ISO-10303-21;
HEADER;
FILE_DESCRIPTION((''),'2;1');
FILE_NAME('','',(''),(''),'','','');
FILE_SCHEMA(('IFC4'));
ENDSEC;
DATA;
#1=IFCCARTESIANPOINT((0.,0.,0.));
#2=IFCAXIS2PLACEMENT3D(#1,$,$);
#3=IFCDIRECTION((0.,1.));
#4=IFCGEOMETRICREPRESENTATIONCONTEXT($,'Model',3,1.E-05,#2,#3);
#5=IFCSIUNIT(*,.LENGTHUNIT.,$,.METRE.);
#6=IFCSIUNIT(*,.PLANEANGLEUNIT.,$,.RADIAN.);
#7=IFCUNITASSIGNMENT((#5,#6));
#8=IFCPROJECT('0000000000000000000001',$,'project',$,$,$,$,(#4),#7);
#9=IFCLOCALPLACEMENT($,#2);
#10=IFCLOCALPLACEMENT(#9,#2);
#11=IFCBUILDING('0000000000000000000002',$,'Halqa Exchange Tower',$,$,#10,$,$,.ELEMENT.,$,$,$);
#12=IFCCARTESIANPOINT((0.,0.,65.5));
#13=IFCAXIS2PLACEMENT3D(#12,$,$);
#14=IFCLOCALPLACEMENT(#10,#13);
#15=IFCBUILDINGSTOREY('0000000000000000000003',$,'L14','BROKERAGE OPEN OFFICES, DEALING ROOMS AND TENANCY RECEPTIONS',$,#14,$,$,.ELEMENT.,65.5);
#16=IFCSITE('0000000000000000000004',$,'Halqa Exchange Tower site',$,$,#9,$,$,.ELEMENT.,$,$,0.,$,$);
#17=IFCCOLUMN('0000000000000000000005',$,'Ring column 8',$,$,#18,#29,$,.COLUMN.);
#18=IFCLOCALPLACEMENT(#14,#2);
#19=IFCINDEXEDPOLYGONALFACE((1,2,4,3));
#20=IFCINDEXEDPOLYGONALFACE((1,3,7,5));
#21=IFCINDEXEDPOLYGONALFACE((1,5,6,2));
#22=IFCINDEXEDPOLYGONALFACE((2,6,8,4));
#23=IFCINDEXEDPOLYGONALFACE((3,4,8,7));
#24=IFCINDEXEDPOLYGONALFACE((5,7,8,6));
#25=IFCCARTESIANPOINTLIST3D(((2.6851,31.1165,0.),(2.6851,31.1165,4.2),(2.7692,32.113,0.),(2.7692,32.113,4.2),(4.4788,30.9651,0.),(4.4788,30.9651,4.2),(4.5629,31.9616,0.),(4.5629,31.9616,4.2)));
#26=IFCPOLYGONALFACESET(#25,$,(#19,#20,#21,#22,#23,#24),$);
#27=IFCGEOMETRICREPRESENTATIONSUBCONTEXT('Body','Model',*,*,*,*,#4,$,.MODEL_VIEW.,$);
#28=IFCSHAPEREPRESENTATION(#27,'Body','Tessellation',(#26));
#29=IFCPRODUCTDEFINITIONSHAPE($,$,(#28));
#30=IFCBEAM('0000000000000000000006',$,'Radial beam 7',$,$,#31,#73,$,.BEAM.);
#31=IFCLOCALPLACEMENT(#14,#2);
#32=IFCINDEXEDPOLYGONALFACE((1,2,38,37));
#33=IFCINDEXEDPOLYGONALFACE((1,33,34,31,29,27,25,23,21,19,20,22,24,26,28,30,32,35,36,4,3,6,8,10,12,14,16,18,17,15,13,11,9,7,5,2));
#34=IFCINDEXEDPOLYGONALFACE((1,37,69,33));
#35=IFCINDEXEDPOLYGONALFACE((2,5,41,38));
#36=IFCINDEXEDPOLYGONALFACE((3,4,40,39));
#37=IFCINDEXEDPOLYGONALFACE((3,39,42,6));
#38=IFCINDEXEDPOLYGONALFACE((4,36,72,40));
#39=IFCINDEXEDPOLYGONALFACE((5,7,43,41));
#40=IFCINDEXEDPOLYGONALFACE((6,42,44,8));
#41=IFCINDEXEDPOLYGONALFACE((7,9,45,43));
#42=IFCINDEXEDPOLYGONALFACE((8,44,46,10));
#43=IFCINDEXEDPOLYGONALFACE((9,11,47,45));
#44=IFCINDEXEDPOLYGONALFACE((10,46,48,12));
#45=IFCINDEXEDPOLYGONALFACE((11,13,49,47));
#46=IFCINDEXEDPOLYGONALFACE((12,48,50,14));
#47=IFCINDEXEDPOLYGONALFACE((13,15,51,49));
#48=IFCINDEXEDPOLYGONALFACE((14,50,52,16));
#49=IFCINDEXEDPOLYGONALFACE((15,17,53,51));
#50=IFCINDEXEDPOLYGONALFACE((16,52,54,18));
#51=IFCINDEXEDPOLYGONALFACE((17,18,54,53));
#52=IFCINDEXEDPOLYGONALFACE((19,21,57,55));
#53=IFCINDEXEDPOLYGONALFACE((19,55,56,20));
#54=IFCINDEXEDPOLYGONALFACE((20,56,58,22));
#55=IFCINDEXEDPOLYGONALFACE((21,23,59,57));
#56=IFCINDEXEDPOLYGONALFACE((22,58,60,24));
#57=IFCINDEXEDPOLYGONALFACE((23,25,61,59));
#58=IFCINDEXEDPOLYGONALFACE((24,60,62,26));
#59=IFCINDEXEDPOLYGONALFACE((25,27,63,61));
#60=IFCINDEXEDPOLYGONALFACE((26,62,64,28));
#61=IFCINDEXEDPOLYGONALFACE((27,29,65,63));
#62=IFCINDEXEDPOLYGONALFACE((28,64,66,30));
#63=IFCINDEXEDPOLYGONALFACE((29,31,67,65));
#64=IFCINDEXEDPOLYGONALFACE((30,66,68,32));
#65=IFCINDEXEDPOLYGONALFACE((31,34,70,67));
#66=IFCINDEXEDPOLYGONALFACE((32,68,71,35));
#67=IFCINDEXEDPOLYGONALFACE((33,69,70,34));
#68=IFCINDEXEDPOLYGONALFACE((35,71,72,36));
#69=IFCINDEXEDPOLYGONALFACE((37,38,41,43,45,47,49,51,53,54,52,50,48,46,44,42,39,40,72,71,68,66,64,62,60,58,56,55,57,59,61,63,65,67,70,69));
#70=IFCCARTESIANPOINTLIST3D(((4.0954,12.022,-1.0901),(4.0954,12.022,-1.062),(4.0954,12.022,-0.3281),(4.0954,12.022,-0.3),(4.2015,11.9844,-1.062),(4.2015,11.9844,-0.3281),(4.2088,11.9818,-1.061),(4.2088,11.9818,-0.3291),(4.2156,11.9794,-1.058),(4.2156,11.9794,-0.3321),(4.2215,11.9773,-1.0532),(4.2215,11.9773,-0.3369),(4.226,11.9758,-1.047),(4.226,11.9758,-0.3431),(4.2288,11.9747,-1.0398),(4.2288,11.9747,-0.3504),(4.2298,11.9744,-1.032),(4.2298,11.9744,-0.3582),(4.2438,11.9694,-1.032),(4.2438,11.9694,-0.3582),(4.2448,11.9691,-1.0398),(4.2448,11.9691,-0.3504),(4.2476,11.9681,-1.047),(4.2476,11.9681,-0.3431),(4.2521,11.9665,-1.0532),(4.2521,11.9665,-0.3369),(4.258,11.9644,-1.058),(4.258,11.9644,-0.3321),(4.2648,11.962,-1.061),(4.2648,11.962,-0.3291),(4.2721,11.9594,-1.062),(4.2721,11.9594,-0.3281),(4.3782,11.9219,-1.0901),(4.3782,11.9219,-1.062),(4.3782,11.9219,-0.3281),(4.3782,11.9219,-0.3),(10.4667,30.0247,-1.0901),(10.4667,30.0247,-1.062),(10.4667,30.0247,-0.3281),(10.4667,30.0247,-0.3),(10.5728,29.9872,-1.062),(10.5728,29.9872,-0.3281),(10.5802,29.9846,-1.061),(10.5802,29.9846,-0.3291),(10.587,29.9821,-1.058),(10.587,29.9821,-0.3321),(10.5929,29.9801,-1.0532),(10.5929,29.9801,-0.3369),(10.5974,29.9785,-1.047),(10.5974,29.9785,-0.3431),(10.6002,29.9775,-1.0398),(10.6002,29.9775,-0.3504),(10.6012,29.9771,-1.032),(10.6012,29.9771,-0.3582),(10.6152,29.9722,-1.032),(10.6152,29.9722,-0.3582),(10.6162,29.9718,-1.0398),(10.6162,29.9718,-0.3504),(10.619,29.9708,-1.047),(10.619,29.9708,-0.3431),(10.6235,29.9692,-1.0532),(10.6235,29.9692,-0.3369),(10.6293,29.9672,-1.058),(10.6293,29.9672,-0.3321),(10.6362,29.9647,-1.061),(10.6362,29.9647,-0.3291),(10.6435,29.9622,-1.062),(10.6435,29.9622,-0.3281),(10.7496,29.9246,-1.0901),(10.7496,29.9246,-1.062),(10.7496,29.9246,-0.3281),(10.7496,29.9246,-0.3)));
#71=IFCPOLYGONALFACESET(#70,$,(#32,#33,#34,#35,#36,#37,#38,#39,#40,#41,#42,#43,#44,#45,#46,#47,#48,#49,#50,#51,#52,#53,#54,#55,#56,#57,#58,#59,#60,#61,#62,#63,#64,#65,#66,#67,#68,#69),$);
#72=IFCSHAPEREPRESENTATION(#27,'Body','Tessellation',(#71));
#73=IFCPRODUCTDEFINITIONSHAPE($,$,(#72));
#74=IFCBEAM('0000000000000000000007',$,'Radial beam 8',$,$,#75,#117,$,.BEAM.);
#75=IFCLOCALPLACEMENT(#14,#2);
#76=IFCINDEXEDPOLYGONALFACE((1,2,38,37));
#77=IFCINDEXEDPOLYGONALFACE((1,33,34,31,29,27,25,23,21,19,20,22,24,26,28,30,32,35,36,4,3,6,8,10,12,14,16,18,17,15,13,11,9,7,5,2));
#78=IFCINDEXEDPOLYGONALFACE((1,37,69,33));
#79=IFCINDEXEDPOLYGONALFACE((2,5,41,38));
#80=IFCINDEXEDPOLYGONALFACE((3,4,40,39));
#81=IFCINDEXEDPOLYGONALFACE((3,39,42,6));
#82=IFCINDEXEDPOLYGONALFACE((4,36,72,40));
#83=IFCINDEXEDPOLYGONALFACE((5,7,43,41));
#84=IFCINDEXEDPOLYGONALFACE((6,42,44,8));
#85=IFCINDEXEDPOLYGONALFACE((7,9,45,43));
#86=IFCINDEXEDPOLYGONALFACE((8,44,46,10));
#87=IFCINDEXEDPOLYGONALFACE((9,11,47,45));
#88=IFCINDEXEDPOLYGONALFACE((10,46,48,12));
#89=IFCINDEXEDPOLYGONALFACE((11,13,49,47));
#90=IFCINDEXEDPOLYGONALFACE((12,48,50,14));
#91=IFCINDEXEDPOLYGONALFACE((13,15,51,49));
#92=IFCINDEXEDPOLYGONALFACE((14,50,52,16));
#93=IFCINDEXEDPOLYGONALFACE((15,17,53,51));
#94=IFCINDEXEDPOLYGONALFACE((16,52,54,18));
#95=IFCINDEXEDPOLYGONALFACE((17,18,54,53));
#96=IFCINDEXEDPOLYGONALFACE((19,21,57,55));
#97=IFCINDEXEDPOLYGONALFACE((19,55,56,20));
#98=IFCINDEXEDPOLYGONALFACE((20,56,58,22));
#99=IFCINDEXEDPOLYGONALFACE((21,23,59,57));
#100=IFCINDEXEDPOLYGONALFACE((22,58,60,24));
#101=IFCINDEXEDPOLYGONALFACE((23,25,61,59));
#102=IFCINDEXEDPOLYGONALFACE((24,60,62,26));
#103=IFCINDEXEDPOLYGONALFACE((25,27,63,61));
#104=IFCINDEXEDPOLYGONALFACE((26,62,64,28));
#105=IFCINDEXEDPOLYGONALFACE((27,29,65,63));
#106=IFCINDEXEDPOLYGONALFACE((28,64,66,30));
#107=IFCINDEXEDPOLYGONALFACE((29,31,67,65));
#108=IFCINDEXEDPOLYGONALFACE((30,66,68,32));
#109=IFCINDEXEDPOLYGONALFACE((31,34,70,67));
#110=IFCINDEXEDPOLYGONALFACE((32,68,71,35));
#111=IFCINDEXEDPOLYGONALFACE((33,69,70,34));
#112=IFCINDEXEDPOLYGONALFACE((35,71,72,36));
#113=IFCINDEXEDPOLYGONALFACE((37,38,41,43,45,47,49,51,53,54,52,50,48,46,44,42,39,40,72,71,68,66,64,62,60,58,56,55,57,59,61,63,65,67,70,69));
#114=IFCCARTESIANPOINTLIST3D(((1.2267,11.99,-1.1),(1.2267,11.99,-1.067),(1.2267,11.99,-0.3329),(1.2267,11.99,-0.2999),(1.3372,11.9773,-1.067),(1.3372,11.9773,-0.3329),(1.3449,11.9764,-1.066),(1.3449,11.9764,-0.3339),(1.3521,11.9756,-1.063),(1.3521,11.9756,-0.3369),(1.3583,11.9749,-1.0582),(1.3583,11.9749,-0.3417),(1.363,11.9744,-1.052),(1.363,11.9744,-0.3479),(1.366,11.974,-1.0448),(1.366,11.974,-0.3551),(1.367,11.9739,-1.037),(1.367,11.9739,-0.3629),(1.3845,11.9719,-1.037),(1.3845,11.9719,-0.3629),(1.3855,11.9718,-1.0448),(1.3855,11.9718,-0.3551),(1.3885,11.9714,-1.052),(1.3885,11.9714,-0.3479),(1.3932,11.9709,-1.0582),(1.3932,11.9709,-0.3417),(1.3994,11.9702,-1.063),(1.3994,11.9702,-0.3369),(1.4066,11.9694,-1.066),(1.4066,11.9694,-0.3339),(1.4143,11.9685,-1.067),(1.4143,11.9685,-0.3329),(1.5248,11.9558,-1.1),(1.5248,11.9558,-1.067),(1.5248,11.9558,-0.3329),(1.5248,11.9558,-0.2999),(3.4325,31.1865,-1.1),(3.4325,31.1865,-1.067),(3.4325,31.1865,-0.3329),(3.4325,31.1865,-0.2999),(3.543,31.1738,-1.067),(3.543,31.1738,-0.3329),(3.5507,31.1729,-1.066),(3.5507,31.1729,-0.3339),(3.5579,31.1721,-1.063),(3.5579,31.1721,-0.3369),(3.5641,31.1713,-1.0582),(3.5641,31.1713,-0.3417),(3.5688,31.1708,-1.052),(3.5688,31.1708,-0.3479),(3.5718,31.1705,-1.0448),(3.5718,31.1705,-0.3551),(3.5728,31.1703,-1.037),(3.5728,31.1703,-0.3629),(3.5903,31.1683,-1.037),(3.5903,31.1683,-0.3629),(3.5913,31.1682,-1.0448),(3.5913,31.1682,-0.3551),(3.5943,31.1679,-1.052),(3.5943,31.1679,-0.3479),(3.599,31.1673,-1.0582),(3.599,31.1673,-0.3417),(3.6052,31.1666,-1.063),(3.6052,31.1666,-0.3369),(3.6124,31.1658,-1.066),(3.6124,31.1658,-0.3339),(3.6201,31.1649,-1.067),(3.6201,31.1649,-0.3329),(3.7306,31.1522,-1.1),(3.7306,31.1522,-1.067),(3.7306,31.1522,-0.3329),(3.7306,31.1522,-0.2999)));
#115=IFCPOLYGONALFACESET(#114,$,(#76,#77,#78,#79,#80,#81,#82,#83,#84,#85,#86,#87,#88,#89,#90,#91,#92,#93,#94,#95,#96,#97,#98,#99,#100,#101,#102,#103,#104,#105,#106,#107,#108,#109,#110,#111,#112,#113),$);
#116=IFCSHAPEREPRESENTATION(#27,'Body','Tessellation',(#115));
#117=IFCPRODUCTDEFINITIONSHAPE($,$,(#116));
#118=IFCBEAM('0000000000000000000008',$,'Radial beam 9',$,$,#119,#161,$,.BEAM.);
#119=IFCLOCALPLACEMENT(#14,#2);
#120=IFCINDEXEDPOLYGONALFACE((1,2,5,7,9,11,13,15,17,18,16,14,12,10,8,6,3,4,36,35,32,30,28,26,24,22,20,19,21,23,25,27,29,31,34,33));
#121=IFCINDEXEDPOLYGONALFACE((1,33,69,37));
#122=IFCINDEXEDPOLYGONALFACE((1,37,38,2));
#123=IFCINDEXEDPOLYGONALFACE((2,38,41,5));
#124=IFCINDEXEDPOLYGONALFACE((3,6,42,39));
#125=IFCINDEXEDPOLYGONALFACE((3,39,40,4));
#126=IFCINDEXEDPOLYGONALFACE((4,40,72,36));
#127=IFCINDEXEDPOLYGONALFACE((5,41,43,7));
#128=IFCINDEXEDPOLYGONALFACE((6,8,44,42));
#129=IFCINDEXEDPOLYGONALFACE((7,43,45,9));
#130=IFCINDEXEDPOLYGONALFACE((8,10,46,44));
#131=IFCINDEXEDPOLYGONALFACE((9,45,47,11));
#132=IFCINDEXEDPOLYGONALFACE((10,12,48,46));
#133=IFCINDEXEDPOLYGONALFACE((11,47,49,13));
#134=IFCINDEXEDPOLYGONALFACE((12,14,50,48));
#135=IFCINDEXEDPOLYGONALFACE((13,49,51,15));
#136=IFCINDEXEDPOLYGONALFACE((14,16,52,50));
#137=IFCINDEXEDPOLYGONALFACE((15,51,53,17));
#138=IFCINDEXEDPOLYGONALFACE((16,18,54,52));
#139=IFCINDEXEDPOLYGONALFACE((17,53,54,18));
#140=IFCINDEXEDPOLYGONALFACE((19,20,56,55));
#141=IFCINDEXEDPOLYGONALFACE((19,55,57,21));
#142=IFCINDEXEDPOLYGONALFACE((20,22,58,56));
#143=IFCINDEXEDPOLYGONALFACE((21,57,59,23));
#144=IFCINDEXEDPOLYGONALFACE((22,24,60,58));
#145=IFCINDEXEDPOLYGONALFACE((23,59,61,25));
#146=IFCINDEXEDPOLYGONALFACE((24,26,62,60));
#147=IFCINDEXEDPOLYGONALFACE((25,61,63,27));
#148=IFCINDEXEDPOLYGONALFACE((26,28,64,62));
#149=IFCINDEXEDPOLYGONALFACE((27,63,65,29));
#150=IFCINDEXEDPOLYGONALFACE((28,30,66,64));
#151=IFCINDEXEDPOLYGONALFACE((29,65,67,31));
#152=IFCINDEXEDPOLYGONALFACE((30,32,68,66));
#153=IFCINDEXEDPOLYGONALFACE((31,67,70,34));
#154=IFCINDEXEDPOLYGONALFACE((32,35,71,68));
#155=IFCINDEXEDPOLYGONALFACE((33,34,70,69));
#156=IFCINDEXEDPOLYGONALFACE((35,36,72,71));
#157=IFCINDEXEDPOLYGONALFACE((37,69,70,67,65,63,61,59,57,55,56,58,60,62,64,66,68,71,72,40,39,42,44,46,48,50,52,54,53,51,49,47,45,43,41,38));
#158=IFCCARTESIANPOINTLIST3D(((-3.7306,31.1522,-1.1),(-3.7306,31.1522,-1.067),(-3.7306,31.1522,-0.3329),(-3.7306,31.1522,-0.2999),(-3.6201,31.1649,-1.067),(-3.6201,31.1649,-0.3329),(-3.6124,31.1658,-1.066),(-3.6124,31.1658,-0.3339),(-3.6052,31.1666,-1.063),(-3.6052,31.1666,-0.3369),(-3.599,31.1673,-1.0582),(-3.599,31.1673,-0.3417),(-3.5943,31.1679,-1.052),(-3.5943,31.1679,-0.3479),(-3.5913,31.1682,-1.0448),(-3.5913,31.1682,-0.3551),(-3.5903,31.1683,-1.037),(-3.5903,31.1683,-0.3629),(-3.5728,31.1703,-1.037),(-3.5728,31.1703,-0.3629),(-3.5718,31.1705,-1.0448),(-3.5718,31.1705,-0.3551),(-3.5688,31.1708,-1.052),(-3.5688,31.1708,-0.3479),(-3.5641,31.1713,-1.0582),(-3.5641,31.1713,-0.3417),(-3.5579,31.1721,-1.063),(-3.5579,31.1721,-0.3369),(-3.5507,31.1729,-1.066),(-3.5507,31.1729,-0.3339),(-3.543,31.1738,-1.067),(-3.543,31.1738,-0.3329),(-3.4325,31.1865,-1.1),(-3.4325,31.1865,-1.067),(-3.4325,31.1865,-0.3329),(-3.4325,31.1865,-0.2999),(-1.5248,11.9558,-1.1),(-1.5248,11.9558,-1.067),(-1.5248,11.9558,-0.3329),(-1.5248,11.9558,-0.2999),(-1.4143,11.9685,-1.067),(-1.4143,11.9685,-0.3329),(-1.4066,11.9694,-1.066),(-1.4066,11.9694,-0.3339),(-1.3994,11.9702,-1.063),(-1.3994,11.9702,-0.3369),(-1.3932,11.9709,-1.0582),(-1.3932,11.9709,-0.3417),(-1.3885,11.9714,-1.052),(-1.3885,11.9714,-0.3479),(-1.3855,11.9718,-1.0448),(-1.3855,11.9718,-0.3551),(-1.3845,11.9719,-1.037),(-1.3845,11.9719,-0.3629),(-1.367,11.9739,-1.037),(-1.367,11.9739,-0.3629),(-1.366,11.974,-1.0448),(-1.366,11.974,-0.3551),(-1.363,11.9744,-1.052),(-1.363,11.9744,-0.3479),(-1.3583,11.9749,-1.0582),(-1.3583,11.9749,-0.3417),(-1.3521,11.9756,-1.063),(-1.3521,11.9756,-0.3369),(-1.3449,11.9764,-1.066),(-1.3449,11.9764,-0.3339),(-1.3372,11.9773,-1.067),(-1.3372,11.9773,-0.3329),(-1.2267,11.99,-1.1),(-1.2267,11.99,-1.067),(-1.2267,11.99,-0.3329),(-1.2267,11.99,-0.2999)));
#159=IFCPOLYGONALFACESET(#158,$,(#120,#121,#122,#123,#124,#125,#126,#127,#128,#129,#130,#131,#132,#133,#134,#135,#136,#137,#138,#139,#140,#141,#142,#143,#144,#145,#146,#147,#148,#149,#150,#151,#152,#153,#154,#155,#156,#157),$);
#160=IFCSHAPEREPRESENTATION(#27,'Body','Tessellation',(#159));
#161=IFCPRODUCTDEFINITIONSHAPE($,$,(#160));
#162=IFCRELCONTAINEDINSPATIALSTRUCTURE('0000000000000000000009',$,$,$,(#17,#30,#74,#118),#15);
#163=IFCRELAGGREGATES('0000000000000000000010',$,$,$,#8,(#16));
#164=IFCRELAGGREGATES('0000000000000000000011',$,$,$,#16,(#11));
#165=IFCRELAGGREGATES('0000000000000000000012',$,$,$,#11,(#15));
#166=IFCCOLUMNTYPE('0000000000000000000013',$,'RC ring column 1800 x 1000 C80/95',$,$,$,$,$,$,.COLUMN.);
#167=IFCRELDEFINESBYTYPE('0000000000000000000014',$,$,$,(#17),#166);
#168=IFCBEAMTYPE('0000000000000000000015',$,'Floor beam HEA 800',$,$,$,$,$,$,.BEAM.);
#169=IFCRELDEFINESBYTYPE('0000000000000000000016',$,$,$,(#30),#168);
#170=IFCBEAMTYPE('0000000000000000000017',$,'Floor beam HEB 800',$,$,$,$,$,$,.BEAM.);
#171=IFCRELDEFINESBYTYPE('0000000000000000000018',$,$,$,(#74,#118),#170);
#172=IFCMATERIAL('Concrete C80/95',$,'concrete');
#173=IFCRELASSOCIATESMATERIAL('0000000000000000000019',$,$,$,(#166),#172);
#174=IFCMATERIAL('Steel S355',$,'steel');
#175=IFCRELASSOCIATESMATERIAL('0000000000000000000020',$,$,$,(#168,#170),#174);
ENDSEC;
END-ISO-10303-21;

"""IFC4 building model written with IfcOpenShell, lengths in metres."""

from ifc_helpers import new_model, si_unit, direction, frame, origin, origin_2d, place, context, subcontext, project, spatial, rectangle, i_section, extrude, material, material_profile, profile_set, type_object, element, save


model = new_model("IFC4")

# Units and contexts
model_context = context("Model", 3, precision=1e-05, world=origin(), true_north=direction((0.0, 1.0)))
body_context = subcontext(model_context, "Body", "Model", "MODEL_VIEW")
ifc_project = project(units=[si_unit("LENGTHUNIT", "METRE"), si_unit("PLANEANGLEUNIT", "RADIAN")], contexts=[model_context])

# Site, building, storey
site_placement = place(None, origin())
site = spatial("IfcSite", under=ifc_project, at=site_placement, Name="Halqa Exchange Tower site", CompositionType="ELEMENT", RefElevation=0.0)
building_placement = place(site_placement, origin())
building = spatial("IfcBuilding", under=site, at=building_placement, Name="Halqa Exchange Tower", CompositionType="ELEMENT")
storey_placement = place(building_placement, frame((0.0, 0.0, 65.5)))
storey = spatial("IfcBuildingStorey", under=building, at=storey_placement, Name="L14", Description="BROKERAGE OPEN OFFICES, DEALING ROOMS AND TENANCY RECEPTIONS", CompositionType="ELEMENT", Elevation=65.5)

# Column
ifc_material_1 = material(Name="Concrete C80/95", Category="concrete")
ifc_material_profile_1 = material_profile(ifc_material_1, rectangle(XDim=1.8, YDim=1.0, at=origin_2d()), Name="1800 x 1000")
ifc_profile_set_1 = profile_set([ifc_material_profile_1], Name="Concrete C80/95")
column_type = type_object("IfcColumnType", Name="RC ring column 1800 x 1000 C80/95", PredefinedType="COLUMN", material=ifc_profile_set_1)
column_placement = place(storey_placement, frame((3.624, 31.5391, 0.0), z_axis=(0.0, 0.0, 1.0), x_axis=(-0.996456, 0.08412, 0.0)))
element("IfcColumn", 1, at=column_placement, inside=storey, type_object=column_type, Name="Ring column 8", PredefinedType="COLUMN", context=body_context, shape_type="SweptSolid", body=[
    extrude(rectangle(XDim=1.8, YDim=1.0, at=origin_2d()), origin(), (0.0, 0.0, 1.0), 4.2),
])

# Beams
ifc_material_2 = material(Name="Steel S355", Category="steel")
ifc_material_profile_2 = material_profile(ifc_material_2, i_section(OverallWidth=0.3, OverallDepth=0.79, WebThickness=0.0149, FlangeThickness=0.0281, FilletRadius=0.03, at=origin_2d()), Name="HEA 800")
ifc_profile_set_2 = profile_set([ifc_material_profile_2], Name="Steel S355")
beam_type_1 = type_object("IfcBeamType", Name="Floor beam HEA 800", PredefinedType="BEAM", material=ifc_profile_set_2)
beam_1_placement = place(storey_placement, frame((4.2368, 11.9719, -0.6951), z_axis=(0.333632, 0.942703, 0.0), x_axis=(-0.942703, 0.333632, 0.0)))
element("IfcBeam", 2, at=beam_1_placement, inside=storey, type_object=beam_type_1, Name="Radial beam 7", PredefinedType="BEAM", context=body_context, shape_type="SweptSolid", body=[
    extrude(i_section(OverallWidth=0.3, OverallDepth=0.79, WebThickness=0.0149, FlangeThickness=0.0281, FilletRadius=0.03, at=origin_2d()), origin(), (0.0, 0.0, 1.0), 19.0969),
])
ifc_material_profile_3 = material_profile(ifc_material_2, i_section(OverallWidth=0.3, OverallDepth=0.8, WebThickness=0.0176, FlangeThickness=0.033, FilletRadius=0.03, at=origin_2d()), Name="HEB 800")
ifc_profile_set_3 = profile_set([ifc_material_profile_3], Name="Steel S355")
beam_type_2 = type_object("IfcBeamType", Name="Floor beam HEB 800", PredefinedType="BEAM", material=ifc_profile_set_3)
for number, where, z_axis, x_axis, name in (
    (3, (1.3757, 11.9729, -0.7), (0.114156, 0.993463, 0.0), (-0.993463, 0.114156, 0.0), "Radial beam 8"),
    (4, (-1.3757, 11.9729, -0.7), (-0.114156, 0.993463, 0.0), (-0.993463, -0.114156, 0.0), "Radial beam 9"),
):
    element("IfcBeam", number, at=place(storey_placement, frame(where, z_axis=z_axis, x_axis=x_axis)), inside=storey, type_object=beam_type_2, Name=name, PredefinedType="BEAM", context=body_context, shape_type="SweptSolid", body=[
        extrude(i_section(OverallWidth=0.3, OverallDepth=0.8, WebThickness=0.0176, FlangeThickness=0.033, FilletRadius=0.03, at=origin_2d()), origin(), (0.0, 0.0, 1.0), 19.3228),
    ])

save(model, "model.ifc")
